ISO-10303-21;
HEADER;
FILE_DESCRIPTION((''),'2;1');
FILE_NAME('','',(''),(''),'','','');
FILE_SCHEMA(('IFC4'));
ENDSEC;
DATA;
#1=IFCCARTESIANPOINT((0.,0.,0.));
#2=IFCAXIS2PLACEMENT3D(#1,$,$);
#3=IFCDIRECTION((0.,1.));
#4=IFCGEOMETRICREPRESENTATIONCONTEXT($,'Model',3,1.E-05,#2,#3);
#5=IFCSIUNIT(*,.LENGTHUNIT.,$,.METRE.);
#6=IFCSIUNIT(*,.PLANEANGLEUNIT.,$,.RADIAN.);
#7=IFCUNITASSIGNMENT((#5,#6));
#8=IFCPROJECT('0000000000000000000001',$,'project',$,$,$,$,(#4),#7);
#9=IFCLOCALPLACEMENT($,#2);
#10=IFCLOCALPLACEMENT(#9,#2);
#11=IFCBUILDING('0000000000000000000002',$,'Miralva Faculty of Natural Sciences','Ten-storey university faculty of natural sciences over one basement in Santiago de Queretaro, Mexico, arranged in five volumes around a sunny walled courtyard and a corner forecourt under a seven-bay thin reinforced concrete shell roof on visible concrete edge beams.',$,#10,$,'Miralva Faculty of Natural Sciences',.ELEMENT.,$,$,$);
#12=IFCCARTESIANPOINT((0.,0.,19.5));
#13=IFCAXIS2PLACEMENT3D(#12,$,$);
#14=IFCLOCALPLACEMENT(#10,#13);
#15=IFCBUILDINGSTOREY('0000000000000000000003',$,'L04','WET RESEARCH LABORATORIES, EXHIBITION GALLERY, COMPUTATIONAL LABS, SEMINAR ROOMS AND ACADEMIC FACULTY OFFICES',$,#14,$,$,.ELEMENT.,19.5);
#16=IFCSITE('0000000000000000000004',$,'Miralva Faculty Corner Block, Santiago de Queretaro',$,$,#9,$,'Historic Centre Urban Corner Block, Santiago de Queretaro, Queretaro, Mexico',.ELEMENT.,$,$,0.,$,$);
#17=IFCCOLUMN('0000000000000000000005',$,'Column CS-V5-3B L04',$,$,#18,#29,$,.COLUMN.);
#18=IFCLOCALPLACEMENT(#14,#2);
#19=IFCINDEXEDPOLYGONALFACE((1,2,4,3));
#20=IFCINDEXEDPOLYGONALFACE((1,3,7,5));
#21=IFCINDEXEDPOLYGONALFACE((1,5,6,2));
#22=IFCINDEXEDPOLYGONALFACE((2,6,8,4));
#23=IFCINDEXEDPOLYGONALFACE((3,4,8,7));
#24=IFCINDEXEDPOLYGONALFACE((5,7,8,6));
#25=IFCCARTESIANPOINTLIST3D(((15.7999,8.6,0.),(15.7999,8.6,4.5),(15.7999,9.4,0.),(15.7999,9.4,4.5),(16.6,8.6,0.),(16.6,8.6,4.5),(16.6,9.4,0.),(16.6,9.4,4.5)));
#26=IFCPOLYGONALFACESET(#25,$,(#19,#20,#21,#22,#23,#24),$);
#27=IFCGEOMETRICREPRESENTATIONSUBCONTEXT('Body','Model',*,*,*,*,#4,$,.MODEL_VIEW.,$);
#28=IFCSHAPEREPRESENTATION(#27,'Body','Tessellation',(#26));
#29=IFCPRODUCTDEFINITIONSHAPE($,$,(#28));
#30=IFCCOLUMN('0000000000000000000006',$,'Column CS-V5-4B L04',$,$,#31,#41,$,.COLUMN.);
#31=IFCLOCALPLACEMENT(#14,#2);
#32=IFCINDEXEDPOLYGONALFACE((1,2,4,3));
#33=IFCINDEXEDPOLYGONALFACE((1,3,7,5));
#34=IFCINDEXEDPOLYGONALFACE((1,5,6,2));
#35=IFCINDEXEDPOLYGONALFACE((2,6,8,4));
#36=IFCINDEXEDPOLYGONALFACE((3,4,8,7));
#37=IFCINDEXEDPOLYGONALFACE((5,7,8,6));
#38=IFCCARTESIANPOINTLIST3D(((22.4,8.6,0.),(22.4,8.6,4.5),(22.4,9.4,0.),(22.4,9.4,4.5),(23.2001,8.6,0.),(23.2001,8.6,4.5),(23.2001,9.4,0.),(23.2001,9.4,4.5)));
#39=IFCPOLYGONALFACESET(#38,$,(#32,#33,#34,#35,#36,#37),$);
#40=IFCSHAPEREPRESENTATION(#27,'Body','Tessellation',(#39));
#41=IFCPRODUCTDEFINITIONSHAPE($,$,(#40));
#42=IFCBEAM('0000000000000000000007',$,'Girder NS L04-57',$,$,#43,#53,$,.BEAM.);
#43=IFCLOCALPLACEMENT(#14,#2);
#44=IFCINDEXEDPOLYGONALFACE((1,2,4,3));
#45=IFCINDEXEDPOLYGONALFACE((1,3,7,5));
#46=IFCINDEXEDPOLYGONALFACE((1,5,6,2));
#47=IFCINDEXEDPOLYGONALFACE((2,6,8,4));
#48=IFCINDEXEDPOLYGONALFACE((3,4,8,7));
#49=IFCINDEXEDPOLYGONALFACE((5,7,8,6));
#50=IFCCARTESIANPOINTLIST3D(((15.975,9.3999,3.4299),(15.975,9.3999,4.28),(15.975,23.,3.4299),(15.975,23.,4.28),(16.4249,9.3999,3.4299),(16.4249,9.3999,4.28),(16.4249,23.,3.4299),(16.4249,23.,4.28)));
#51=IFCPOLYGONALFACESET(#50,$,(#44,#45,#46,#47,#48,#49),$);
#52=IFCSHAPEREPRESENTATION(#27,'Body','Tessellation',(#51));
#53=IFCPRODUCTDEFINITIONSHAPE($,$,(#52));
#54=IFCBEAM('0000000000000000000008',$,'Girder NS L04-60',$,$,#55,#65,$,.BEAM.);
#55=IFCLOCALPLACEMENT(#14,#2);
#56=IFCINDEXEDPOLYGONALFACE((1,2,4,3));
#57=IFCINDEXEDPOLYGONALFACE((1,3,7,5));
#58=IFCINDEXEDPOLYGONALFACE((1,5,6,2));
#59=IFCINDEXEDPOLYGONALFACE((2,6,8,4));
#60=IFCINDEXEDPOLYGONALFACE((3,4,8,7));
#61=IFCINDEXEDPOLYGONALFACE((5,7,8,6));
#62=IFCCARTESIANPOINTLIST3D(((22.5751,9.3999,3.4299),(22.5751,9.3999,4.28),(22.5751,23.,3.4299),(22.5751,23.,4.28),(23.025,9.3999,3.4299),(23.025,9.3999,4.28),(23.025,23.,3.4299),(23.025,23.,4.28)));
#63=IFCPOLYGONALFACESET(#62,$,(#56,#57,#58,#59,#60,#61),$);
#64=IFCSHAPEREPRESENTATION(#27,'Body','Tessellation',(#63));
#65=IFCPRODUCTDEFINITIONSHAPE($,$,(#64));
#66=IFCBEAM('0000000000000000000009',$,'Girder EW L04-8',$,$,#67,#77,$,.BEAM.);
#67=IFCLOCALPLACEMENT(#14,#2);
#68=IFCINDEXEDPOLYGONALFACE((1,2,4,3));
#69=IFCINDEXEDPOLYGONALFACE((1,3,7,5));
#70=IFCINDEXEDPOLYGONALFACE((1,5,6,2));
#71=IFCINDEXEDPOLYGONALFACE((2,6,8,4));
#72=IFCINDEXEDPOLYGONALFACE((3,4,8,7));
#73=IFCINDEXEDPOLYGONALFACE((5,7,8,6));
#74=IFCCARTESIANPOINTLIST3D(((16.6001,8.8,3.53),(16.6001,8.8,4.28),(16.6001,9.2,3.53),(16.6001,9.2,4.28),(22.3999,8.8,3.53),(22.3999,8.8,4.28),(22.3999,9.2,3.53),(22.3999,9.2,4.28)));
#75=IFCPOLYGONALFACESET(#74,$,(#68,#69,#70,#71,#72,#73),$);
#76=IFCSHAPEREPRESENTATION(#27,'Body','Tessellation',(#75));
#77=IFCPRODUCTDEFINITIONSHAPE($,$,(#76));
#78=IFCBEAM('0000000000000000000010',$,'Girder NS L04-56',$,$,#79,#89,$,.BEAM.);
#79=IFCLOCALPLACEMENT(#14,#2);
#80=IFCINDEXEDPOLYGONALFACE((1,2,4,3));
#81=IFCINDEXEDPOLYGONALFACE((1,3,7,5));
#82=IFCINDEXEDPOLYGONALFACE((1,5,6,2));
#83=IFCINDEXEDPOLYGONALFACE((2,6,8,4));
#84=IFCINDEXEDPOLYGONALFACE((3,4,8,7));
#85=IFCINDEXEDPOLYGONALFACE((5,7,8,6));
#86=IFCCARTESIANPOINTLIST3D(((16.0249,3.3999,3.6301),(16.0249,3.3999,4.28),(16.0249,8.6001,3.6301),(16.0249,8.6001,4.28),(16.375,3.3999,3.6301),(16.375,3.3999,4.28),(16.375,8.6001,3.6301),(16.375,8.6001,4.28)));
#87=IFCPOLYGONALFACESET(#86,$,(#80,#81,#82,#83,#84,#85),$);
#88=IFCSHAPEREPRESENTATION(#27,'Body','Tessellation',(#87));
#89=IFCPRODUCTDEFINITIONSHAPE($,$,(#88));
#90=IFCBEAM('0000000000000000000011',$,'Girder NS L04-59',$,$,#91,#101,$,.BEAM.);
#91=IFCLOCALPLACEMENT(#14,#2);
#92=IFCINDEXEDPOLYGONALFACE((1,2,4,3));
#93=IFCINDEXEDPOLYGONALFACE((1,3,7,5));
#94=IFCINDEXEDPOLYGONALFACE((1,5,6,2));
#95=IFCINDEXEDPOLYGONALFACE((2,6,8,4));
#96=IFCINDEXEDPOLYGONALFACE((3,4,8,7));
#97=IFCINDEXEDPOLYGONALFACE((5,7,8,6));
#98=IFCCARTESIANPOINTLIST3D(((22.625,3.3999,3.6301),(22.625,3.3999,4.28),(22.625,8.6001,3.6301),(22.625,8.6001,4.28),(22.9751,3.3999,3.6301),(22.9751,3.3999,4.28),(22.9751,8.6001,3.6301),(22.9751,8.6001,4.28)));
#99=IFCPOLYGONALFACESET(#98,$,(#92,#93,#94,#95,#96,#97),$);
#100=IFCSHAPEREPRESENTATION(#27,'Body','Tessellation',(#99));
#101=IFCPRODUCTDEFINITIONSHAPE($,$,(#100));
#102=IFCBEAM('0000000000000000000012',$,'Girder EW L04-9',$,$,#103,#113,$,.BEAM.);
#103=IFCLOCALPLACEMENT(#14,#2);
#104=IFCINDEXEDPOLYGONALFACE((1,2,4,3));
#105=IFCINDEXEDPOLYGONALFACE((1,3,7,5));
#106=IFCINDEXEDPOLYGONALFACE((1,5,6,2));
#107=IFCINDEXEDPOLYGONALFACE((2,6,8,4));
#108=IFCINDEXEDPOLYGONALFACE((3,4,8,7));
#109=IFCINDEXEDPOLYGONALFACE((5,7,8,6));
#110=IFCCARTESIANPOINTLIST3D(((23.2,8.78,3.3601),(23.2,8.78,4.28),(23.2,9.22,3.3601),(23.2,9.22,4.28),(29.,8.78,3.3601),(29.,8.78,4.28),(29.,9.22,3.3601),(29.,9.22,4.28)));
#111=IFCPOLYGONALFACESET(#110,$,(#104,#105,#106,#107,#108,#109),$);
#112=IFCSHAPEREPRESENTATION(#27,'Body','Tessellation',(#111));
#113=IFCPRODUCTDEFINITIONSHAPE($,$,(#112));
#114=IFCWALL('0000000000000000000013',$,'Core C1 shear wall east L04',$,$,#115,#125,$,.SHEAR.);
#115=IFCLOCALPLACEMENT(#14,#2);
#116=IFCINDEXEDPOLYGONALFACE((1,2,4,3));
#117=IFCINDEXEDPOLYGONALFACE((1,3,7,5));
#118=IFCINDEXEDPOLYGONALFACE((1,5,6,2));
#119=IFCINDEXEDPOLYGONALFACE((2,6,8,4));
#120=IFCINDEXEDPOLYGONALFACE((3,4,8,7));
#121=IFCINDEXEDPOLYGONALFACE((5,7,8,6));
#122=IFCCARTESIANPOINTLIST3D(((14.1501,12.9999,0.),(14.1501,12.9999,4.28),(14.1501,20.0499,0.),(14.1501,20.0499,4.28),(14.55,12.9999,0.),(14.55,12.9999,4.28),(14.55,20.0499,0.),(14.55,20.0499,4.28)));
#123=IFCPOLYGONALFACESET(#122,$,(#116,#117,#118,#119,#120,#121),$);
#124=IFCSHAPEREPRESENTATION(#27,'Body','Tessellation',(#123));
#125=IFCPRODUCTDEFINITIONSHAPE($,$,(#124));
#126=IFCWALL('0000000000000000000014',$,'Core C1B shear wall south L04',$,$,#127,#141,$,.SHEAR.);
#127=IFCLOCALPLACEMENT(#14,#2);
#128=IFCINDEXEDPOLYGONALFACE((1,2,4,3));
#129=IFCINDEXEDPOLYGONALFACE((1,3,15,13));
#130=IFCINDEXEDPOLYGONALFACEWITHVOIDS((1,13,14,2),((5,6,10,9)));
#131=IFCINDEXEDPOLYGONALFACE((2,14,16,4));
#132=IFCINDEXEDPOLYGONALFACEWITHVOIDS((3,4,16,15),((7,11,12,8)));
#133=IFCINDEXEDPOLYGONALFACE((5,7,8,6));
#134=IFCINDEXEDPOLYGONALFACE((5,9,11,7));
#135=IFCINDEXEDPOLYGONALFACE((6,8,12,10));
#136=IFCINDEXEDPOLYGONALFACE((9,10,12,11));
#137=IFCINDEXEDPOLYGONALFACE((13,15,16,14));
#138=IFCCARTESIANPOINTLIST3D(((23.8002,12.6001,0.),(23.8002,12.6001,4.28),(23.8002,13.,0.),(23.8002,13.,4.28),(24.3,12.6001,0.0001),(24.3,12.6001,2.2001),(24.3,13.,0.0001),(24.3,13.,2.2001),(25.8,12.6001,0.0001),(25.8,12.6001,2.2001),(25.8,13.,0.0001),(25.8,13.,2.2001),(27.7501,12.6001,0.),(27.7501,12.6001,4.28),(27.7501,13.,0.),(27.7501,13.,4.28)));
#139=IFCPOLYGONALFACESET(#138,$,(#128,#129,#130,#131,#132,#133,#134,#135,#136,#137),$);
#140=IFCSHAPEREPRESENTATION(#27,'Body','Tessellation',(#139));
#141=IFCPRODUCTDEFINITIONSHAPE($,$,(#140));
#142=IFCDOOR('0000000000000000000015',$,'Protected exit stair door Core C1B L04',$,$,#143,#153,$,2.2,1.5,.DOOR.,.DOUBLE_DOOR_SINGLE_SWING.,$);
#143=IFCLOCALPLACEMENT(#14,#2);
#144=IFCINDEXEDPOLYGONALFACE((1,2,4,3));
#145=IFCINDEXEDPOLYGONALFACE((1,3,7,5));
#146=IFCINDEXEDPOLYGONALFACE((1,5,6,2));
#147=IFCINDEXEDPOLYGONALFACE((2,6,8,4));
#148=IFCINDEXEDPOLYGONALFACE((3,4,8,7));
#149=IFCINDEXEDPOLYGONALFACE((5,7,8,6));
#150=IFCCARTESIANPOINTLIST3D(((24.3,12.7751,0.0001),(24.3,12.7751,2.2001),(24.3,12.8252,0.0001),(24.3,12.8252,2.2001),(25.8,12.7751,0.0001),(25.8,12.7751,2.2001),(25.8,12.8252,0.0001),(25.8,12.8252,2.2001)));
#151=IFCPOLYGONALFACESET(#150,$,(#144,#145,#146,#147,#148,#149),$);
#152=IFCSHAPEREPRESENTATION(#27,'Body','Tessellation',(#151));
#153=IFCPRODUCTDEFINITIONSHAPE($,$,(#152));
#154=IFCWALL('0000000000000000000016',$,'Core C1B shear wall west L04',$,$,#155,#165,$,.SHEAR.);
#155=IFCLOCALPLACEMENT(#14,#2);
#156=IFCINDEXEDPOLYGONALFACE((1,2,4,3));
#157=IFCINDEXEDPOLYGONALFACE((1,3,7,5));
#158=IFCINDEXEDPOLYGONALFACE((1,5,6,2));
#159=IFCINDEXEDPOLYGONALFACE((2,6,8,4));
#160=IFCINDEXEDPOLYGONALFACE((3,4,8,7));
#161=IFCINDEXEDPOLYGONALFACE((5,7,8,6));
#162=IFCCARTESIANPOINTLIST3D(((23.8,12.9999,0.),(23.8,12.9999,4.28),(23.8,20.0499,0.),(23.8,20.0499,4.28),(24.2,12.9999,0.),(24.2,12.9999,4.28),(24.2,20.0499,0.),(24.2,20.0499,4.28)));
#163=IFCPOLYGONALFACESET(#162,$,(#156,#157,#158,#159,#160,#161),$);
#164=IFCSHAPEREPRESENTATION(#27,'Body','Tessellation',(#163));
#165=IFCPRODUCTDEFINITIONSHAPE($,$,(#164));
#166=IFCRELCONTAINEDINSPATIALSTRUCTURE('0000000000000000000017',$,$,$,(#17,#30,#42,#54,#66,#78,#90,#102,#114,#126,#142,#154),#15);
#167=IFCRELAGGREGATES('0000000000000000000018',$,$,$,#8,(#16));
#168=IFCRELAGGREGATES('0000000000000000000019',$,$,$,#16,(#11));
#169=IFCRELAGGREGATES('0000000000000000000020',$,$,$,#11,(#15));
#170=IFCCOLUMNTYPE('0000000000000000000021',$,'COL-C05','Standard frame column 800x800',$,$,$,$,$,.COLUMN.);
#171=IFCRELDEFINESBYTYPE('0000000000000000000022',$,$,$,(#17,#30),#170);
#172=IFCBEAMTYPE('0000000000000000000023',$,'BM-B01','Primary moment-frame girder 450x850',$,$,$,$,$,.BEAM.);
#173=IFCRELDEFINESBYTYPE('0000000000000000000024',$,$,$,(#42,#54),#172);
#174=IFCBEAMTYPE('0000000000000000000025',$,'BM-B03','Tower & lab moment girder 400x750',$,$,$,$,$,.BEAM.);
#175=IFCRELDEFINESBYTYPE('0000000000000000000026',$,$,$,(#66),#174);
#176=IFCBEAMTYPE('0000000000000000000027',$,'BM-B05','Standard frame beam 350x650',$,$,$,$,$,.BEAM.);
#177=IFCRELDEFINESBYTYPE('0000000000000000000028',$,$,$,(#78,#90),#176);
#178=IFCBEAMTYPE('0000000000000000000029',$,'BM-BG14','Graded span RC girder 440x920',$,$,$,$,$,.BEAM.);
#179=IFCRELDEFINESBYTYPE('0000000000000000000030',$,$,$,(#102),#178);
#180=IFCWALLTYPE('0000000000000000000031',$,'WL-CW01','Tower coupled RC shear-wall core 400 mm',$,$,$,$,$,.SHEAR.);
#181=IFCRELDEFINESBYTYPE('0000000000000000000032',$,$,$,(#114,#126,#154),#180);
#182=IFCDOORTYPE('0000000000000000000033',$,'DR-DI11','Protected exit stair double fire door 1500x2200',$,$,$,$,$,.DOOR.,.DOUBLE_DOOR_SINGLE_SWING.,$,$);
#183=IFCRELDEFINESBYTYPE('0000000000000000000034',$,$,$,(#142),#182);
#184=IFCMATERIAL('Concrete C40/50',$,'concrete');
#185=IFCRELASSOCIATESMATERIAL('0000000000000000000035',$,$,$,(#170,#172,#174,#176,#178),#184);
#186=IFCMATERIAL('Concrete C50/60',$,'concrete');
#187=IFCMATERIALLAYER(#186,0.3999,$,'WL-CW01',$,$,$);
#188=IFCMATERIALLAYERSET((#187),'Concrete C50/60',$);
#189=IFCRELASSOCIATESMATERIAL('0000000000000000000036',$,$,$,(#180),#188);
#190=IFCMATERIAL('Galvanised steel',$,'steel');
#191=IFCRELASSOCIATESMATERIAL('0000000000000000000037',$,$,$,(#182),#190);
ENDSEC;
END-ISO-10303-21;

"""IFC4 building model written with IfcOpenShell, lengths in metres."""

from ifc_helpers import new_model, si_unit, direction, frame, frame_2d, origin, origin_2d, place, context, subcontext, project, spatial, rectangle, extrude, material, layer, layer_set, material_profile, profile_set, type_object, element, fill, save


model = new_model("IFC4")

# Units and contexts
model_context = context("Model", 3, precision=1e-05, world=origin(), true_north=direction((0.0, 1.0)))
body_context = subcontext(model_context, "Body", "Model", "MODEL_VIEW")
ifc_project = project(units=[si_unit("LENGTHUNIT", "METRE"), si_unit("PLANEANGLEUNIT", "RADIAN")], contexts=[model_context])

# Site, building, storey
site_placement = place(None, origin())
site = spatial("IfcSite", under=ifc_project, at=site_placement, Name="Miralva Faculty Corner Block, Santiago de Queretaro", LongName="Historic Centre Urban Corner Block, Santiago de Queretaro, Queretaro, Mexico", CompositionType="ELEMENT", RefElevation=0.0)
building_placement = place(site_placement, origin())
building = spatial("IfcBuilding", under=site, at=building_placement, Name="Miralva Faculty of Natural Sciences", Description="Ten-storey university faculty of natural sciences over one basement in Santiago de Queretaro, Mexico, arranged in five volumes around a sunny walled courtyard and a corner forecourt under a seven-bay thin reinforced concrete shell roof on visible concrete edge beams.", LongName="Miralva Faculty of Natural Sciences", CompositionType="ELEMENT")
storey_placement = place(building_placement, frame((0.0, 0.0, 19.5)))
storey = spatial("IfcBuildingStorey", under=building, at=storey_placement, Name="L04", Description="WET RESEARCH LABORATORIES, EXHIBITION GALLERY, COMPUTATIONAL LABS, SEMINAR ROOMS AND ACADEMIC FACULTY OFFICES", CompositionType="ELEMENT", Elevation=19.5)

# Columns
ifc_material_1 = material(Name="Concrete C40/50", Category="concrete")
ifc_material_profile_1 = material_profile(ifc_material_1, rectangle(XDim=0.8, YDim=0.8, at=origin_2d()), Name="RC 800x800")
ifc_profile_set_1 = profile_set([ifc_material_profile_1], Name="Concrete C40/50")
column_type = type_object("IfcColumnType", Name="COL-C05", Description="Standard frame column 800x800", PredefinedType="COLUMN", material=ifc_profile_set_1)
for number, where, z_axis, x_axis, name in (
    (1, (16.2, 9.0, 0.0), (0.0, 0.0, 1.0), (1.0, 0.0, 0.0), "Column CS-V5-3B L04"),
    (2, (22.8, 9.0, 0.0), (0.0, 0.0, 1.0), (1.0, 0.0, 0.0), "Column CS-V5-4B L04"),
):
    element("IfcColumn", number, at=place(storey_placement, frame(where, z_axis=z_axis, x_axis=x_axis)), inside=storey, type_object=column_type, Name=name, PredefinedType="COLUMN", context=body_context, shape_type="SweptSolid", body=[
        extrude(rectangle(XDim=0.8, YDim=0.8, at=origin_2d()), origin(), (0.0, 0.0, 1.0), 4.5),
    ])

# Beams
ifc_material_profile_2 = material_profile(ifc_material_1, rectangle(XDim=0.45, YDim=0.8501, at=origin_2d()), Name="RC 450x850")
ifc_profile_set_2 = profile_set([ifc_material_profile_2], Name="Concrete C40/50")
beam_type_1 = type_object("IfcBeamType", Name="BM-B01", Description="Primary moment-frame girder 450x850", PredefinedType="BEAM", material=ifc_profile_set_2)
for number, where, z_axis, x_axis, name in (
    (3, (16.2, 9.3999, 3.855), (0.0, 1.0, 0.0), (-1.0, 0.0, 0.0), "Girder NS L04-57"),
    (4, (22.8, 9.3999, 3.855), (0.0, 1.0, 0.0), (-1.0, 0.0, 0.0), "Girder NS L04-60"),
):
    element("IfcBeam", number, at=place(storey_placement, frame(where, z_axis=z_axis, x_axis=x_axis)), inside=storey, type_object=beam_type_1, Name=name, PredefinedType="BEAM", context=body_context, shape_type="SweptSolid", body=[
        extrude(rectangle(XDim=0.45, YDim=0.8501, at=origin_2d()), origin(), (0.0, 0.0, 1.0), 13.6001),
    ])
ifc_material_profile_3 = material_profile(ifc_material_1, rectangle(XDim=0.3999, YDim=0.75, at=origin_2d()), Name="RC 400x750")
ifc_profile_set_3 = profile_set([ifc_material_profile_3], Name="Concrete C40/50")
beam_type_2 = type_object("IfcBeamType", Name="BM-B03", Description="Tower & lab moment girder 400x750", PredefinedType="BEAM", material=ifc_profile_set_3)
beam_1_placement = place(storey_placement, frame((16.6001, 9.0, 3.905), z_axis=(1.0, 0.0, 0.0), x_axis=(0.0, 1.0, 0.0)))
element("IfcBeam", 5, at=beam_1_placement, inside=storey, type_object=beam_type_2, Name="Girder EW L04-8", PredefinedType="BEAM", context=body_context, shape_type="SweptSolid", body=[
    extrude(rectangle(XDim=0.3999, YDim=0.75, at=origin_2d()), origin(), (0.0, 0.0, 1.0), 5.7998),
])
ifc_material_profile_4 = material_profile(ifc_material_1, rectangle(XDim=0.3501, YDim=0.6499, at=origin_2d()), Name="RC 350x650")
ifc_profile_set_4 = profile_set([ifc_material_profile_4], Name="Concrete C40/50")
beam_type_3 = type_object("IfcBeamType", Name="BM-B05", Description="Standard frame beam 350x650", PredefinedType="BEAM", material=ifc_profile_set_4)
for number, where, z_axis, x_axis, name in (
    (6, (16.2, 3.3999, 3.9551), (0.0, 1.0, 0.0), (-1.0, 0.0, 0.0), "Girder NS L04-56"),
    (7, (22.8, 3.3999, 3.9551), (0.0, 1.0, 0.0), (-1.0, 0.0, 0.0), "Girder NS L04-59"),
):
    element("IfcBeam", number, at=place(storey_placement, frame(where, z_axis=z_axis, x_axis=x_axis)), inside=storey, type_object=beam_type_3, Name=name, PredefinedType="BEAM", context=body_context, shape_type="SweptSolid", body=[
        extrude(rectangle(XDim=0.3501, YDim=0.6499, at=origin_2d()), origin(), (0.0, 0.0, 1.0), 5.2002),
    ])
ifc_material_profile_5 = material_profile(ifc_material_1, rectangle(XDim=0.4399, YDim=0.9199, at=origin_2d()), Name="RC 440x920")
ifc_profile_set_5 = profile_set([ifc_material_profile_5], Name="Concrete C40/50")
beam_type_4 = type_object("IfcBeamType", Name="BM-BG14", Description="Graded span RC girder 440x920", PredefinedType="BEAM", material=ifc_profile_set_5)
beam_2_placement = place(storey_placement, frame((23.2, 9.0, 3.8201), z_axis=(1.0, 0.0, 0.0), x_axis=(0.0, 1.0, 0.0)))
element("IfcBeam", 8, at=beam_2_placement, inside=storey, type_object=beam_type_4, Name="Girder EW L04-9", PredefinedType="BEAM", context=body_context, shape_type="SweptSolid", body=[
    extrude(rectangle(XDim=0.4399, YDim=0.9199, at=origin_2d()), origin(), (0.0, 0.0, 1.0), 5.8),
])

# Wall
ifc_material_2 = material(Name="Concrete C50/60", Category="concrete")
ifc_layer_1 = layer(ifc_material_2, 0.3999, Name="WL-CW01")
ifc_layer_set_1 = layer_set([ifc_layer_1], Name="Concrete C50/60")
wall_type_1 = type_object("IfcWallType", Name="WL-CW01", Description="Tower coupled RC shear-wall core 400 mm", PredefinedType="SHEAR", material=ifc_layer_set_1)
wall_1_placement = place(storey_placement, frame((14.3501, 13.0, 0.0), z_axis=(0.0, 0.0, 1.0), x_axis=(0.0, 1.0, 0.0)))
element("IfcWall", 9, at=wall_1_placement, inside=storey, type_object=wall_type_1, Name="Core C1 shear wall east L04", PredefinedType="SHEAR", context=body_context, shape_type="SweptSolid", body=[
    extrude(rectangle(XDim=7.05, YDim=0.3999, at=frame_2d((3.5249, 0.0))), origin(), (0.0, 0.0, 1.0), 4.28),
])

# Wall, opening, door
wall_2_placement = place(storey_placement, frame((23.8, 12.8, 0.0), z_axis=(0.0, 0.0, 1.0), x_axis=(1.0, 0.0, 0.0)))
wall_2 = element("IfcWall", 10, at=wall_2_placement, inside=storey, type_object=wall_type_1, Name="Core C1B shear wall south L04", PredefinedType="SHEAR", context=body_context, shape_type="SweptSolid", body=[
    extrude(rectangle(XDim=3.95, YDim=0.3999, at=frame_2d((1.9751, 0.0))), origin(), (0.0, 0.0, 1.0), 4.28),
])
opening_1_placement = place(wall_2_placement, frame((0.5, 0.0, 0.0)))
opening_1 = element("IfcOpeningElement", 11, at=opening_1_placement, cuts=wall_2, PredefinedType="OPENING", context=body_context, shape_type="SweptSolid", body=[
    extrude(rectangle(XDim=1.5, YDim=2.2, at=frame_2d((0.75, 1.1001))), frame((0.0, 0.21, 0.0), z_axis=(0.0, -1.0, 0.0), x_axis=(1.0, 0.0, 0.0)), (0.0, 0.0, 1.0), 0.4199),
])
ifc_material_3 = material(Name="Galvanised steel", Category="steel")
door_type_1 = type_object("IfcDoorType", Name="DR-DI11", Description="Protected exit stair double fire door 1500x2200", OperationType="DOUBLE_DOOR_SINGLE_SWING", PredefinedType="DOOR", material=ifc_material_3)
door_1_placement = place(opening_1_placement, frame((1.5, 0.0, 0.0), z_axis=(0.0, 0.0, 1.0), x_axis=(-1.0, 0.0, 0.0)))
door_1 = element("IfcDoor", 12, at=door_1_placement, inside=storey, type_object=door_type_1, Name="Protected exit stair door Core C1B L04", OperationType="DOUBLE_DOOR_SINGLE_SWING", OverallHeight=2.2, OverallWidth=1.5, PredefinedType="DOOR", context=body_context, shape_type="SweptSolid", body=[
    extrude(rectangle(XDim=1.5, YDim=2.2, at=frame_2d((0.75, 1.1001))), frame((0.0, 0.0249, 0.0), z_axis=(0.0, -1.0, 0.0), x_axis=(1.0, 0.0, 0.0)), (0.0, 0.0, 1.0), 0.05),
])
fill(opening_1, door_1)

# Wall
wall_3_placement = place(storey_placement, frame((24.0, 13.0, 0.0), z_axis=(0.0, 0.0, 1.0), x_axis=(0.0, 1.0, 0.0)))
element("IfcWall", 13, at=wall_3_placement, inside=storey, type_object=wall_type_1, Name="Core C1B shear wall west L04", PredefinedType="SHEAR", context=body_context, shape_type="SweptSolid", body=[
    extrude(rectangle(XDim=7.05, YDim=0.3999, at=frame_2d((3.5249, 0.0))), origin(), (0.0, 0.0, 1.0), 4.28),
])

save(model, "model.ifc")
